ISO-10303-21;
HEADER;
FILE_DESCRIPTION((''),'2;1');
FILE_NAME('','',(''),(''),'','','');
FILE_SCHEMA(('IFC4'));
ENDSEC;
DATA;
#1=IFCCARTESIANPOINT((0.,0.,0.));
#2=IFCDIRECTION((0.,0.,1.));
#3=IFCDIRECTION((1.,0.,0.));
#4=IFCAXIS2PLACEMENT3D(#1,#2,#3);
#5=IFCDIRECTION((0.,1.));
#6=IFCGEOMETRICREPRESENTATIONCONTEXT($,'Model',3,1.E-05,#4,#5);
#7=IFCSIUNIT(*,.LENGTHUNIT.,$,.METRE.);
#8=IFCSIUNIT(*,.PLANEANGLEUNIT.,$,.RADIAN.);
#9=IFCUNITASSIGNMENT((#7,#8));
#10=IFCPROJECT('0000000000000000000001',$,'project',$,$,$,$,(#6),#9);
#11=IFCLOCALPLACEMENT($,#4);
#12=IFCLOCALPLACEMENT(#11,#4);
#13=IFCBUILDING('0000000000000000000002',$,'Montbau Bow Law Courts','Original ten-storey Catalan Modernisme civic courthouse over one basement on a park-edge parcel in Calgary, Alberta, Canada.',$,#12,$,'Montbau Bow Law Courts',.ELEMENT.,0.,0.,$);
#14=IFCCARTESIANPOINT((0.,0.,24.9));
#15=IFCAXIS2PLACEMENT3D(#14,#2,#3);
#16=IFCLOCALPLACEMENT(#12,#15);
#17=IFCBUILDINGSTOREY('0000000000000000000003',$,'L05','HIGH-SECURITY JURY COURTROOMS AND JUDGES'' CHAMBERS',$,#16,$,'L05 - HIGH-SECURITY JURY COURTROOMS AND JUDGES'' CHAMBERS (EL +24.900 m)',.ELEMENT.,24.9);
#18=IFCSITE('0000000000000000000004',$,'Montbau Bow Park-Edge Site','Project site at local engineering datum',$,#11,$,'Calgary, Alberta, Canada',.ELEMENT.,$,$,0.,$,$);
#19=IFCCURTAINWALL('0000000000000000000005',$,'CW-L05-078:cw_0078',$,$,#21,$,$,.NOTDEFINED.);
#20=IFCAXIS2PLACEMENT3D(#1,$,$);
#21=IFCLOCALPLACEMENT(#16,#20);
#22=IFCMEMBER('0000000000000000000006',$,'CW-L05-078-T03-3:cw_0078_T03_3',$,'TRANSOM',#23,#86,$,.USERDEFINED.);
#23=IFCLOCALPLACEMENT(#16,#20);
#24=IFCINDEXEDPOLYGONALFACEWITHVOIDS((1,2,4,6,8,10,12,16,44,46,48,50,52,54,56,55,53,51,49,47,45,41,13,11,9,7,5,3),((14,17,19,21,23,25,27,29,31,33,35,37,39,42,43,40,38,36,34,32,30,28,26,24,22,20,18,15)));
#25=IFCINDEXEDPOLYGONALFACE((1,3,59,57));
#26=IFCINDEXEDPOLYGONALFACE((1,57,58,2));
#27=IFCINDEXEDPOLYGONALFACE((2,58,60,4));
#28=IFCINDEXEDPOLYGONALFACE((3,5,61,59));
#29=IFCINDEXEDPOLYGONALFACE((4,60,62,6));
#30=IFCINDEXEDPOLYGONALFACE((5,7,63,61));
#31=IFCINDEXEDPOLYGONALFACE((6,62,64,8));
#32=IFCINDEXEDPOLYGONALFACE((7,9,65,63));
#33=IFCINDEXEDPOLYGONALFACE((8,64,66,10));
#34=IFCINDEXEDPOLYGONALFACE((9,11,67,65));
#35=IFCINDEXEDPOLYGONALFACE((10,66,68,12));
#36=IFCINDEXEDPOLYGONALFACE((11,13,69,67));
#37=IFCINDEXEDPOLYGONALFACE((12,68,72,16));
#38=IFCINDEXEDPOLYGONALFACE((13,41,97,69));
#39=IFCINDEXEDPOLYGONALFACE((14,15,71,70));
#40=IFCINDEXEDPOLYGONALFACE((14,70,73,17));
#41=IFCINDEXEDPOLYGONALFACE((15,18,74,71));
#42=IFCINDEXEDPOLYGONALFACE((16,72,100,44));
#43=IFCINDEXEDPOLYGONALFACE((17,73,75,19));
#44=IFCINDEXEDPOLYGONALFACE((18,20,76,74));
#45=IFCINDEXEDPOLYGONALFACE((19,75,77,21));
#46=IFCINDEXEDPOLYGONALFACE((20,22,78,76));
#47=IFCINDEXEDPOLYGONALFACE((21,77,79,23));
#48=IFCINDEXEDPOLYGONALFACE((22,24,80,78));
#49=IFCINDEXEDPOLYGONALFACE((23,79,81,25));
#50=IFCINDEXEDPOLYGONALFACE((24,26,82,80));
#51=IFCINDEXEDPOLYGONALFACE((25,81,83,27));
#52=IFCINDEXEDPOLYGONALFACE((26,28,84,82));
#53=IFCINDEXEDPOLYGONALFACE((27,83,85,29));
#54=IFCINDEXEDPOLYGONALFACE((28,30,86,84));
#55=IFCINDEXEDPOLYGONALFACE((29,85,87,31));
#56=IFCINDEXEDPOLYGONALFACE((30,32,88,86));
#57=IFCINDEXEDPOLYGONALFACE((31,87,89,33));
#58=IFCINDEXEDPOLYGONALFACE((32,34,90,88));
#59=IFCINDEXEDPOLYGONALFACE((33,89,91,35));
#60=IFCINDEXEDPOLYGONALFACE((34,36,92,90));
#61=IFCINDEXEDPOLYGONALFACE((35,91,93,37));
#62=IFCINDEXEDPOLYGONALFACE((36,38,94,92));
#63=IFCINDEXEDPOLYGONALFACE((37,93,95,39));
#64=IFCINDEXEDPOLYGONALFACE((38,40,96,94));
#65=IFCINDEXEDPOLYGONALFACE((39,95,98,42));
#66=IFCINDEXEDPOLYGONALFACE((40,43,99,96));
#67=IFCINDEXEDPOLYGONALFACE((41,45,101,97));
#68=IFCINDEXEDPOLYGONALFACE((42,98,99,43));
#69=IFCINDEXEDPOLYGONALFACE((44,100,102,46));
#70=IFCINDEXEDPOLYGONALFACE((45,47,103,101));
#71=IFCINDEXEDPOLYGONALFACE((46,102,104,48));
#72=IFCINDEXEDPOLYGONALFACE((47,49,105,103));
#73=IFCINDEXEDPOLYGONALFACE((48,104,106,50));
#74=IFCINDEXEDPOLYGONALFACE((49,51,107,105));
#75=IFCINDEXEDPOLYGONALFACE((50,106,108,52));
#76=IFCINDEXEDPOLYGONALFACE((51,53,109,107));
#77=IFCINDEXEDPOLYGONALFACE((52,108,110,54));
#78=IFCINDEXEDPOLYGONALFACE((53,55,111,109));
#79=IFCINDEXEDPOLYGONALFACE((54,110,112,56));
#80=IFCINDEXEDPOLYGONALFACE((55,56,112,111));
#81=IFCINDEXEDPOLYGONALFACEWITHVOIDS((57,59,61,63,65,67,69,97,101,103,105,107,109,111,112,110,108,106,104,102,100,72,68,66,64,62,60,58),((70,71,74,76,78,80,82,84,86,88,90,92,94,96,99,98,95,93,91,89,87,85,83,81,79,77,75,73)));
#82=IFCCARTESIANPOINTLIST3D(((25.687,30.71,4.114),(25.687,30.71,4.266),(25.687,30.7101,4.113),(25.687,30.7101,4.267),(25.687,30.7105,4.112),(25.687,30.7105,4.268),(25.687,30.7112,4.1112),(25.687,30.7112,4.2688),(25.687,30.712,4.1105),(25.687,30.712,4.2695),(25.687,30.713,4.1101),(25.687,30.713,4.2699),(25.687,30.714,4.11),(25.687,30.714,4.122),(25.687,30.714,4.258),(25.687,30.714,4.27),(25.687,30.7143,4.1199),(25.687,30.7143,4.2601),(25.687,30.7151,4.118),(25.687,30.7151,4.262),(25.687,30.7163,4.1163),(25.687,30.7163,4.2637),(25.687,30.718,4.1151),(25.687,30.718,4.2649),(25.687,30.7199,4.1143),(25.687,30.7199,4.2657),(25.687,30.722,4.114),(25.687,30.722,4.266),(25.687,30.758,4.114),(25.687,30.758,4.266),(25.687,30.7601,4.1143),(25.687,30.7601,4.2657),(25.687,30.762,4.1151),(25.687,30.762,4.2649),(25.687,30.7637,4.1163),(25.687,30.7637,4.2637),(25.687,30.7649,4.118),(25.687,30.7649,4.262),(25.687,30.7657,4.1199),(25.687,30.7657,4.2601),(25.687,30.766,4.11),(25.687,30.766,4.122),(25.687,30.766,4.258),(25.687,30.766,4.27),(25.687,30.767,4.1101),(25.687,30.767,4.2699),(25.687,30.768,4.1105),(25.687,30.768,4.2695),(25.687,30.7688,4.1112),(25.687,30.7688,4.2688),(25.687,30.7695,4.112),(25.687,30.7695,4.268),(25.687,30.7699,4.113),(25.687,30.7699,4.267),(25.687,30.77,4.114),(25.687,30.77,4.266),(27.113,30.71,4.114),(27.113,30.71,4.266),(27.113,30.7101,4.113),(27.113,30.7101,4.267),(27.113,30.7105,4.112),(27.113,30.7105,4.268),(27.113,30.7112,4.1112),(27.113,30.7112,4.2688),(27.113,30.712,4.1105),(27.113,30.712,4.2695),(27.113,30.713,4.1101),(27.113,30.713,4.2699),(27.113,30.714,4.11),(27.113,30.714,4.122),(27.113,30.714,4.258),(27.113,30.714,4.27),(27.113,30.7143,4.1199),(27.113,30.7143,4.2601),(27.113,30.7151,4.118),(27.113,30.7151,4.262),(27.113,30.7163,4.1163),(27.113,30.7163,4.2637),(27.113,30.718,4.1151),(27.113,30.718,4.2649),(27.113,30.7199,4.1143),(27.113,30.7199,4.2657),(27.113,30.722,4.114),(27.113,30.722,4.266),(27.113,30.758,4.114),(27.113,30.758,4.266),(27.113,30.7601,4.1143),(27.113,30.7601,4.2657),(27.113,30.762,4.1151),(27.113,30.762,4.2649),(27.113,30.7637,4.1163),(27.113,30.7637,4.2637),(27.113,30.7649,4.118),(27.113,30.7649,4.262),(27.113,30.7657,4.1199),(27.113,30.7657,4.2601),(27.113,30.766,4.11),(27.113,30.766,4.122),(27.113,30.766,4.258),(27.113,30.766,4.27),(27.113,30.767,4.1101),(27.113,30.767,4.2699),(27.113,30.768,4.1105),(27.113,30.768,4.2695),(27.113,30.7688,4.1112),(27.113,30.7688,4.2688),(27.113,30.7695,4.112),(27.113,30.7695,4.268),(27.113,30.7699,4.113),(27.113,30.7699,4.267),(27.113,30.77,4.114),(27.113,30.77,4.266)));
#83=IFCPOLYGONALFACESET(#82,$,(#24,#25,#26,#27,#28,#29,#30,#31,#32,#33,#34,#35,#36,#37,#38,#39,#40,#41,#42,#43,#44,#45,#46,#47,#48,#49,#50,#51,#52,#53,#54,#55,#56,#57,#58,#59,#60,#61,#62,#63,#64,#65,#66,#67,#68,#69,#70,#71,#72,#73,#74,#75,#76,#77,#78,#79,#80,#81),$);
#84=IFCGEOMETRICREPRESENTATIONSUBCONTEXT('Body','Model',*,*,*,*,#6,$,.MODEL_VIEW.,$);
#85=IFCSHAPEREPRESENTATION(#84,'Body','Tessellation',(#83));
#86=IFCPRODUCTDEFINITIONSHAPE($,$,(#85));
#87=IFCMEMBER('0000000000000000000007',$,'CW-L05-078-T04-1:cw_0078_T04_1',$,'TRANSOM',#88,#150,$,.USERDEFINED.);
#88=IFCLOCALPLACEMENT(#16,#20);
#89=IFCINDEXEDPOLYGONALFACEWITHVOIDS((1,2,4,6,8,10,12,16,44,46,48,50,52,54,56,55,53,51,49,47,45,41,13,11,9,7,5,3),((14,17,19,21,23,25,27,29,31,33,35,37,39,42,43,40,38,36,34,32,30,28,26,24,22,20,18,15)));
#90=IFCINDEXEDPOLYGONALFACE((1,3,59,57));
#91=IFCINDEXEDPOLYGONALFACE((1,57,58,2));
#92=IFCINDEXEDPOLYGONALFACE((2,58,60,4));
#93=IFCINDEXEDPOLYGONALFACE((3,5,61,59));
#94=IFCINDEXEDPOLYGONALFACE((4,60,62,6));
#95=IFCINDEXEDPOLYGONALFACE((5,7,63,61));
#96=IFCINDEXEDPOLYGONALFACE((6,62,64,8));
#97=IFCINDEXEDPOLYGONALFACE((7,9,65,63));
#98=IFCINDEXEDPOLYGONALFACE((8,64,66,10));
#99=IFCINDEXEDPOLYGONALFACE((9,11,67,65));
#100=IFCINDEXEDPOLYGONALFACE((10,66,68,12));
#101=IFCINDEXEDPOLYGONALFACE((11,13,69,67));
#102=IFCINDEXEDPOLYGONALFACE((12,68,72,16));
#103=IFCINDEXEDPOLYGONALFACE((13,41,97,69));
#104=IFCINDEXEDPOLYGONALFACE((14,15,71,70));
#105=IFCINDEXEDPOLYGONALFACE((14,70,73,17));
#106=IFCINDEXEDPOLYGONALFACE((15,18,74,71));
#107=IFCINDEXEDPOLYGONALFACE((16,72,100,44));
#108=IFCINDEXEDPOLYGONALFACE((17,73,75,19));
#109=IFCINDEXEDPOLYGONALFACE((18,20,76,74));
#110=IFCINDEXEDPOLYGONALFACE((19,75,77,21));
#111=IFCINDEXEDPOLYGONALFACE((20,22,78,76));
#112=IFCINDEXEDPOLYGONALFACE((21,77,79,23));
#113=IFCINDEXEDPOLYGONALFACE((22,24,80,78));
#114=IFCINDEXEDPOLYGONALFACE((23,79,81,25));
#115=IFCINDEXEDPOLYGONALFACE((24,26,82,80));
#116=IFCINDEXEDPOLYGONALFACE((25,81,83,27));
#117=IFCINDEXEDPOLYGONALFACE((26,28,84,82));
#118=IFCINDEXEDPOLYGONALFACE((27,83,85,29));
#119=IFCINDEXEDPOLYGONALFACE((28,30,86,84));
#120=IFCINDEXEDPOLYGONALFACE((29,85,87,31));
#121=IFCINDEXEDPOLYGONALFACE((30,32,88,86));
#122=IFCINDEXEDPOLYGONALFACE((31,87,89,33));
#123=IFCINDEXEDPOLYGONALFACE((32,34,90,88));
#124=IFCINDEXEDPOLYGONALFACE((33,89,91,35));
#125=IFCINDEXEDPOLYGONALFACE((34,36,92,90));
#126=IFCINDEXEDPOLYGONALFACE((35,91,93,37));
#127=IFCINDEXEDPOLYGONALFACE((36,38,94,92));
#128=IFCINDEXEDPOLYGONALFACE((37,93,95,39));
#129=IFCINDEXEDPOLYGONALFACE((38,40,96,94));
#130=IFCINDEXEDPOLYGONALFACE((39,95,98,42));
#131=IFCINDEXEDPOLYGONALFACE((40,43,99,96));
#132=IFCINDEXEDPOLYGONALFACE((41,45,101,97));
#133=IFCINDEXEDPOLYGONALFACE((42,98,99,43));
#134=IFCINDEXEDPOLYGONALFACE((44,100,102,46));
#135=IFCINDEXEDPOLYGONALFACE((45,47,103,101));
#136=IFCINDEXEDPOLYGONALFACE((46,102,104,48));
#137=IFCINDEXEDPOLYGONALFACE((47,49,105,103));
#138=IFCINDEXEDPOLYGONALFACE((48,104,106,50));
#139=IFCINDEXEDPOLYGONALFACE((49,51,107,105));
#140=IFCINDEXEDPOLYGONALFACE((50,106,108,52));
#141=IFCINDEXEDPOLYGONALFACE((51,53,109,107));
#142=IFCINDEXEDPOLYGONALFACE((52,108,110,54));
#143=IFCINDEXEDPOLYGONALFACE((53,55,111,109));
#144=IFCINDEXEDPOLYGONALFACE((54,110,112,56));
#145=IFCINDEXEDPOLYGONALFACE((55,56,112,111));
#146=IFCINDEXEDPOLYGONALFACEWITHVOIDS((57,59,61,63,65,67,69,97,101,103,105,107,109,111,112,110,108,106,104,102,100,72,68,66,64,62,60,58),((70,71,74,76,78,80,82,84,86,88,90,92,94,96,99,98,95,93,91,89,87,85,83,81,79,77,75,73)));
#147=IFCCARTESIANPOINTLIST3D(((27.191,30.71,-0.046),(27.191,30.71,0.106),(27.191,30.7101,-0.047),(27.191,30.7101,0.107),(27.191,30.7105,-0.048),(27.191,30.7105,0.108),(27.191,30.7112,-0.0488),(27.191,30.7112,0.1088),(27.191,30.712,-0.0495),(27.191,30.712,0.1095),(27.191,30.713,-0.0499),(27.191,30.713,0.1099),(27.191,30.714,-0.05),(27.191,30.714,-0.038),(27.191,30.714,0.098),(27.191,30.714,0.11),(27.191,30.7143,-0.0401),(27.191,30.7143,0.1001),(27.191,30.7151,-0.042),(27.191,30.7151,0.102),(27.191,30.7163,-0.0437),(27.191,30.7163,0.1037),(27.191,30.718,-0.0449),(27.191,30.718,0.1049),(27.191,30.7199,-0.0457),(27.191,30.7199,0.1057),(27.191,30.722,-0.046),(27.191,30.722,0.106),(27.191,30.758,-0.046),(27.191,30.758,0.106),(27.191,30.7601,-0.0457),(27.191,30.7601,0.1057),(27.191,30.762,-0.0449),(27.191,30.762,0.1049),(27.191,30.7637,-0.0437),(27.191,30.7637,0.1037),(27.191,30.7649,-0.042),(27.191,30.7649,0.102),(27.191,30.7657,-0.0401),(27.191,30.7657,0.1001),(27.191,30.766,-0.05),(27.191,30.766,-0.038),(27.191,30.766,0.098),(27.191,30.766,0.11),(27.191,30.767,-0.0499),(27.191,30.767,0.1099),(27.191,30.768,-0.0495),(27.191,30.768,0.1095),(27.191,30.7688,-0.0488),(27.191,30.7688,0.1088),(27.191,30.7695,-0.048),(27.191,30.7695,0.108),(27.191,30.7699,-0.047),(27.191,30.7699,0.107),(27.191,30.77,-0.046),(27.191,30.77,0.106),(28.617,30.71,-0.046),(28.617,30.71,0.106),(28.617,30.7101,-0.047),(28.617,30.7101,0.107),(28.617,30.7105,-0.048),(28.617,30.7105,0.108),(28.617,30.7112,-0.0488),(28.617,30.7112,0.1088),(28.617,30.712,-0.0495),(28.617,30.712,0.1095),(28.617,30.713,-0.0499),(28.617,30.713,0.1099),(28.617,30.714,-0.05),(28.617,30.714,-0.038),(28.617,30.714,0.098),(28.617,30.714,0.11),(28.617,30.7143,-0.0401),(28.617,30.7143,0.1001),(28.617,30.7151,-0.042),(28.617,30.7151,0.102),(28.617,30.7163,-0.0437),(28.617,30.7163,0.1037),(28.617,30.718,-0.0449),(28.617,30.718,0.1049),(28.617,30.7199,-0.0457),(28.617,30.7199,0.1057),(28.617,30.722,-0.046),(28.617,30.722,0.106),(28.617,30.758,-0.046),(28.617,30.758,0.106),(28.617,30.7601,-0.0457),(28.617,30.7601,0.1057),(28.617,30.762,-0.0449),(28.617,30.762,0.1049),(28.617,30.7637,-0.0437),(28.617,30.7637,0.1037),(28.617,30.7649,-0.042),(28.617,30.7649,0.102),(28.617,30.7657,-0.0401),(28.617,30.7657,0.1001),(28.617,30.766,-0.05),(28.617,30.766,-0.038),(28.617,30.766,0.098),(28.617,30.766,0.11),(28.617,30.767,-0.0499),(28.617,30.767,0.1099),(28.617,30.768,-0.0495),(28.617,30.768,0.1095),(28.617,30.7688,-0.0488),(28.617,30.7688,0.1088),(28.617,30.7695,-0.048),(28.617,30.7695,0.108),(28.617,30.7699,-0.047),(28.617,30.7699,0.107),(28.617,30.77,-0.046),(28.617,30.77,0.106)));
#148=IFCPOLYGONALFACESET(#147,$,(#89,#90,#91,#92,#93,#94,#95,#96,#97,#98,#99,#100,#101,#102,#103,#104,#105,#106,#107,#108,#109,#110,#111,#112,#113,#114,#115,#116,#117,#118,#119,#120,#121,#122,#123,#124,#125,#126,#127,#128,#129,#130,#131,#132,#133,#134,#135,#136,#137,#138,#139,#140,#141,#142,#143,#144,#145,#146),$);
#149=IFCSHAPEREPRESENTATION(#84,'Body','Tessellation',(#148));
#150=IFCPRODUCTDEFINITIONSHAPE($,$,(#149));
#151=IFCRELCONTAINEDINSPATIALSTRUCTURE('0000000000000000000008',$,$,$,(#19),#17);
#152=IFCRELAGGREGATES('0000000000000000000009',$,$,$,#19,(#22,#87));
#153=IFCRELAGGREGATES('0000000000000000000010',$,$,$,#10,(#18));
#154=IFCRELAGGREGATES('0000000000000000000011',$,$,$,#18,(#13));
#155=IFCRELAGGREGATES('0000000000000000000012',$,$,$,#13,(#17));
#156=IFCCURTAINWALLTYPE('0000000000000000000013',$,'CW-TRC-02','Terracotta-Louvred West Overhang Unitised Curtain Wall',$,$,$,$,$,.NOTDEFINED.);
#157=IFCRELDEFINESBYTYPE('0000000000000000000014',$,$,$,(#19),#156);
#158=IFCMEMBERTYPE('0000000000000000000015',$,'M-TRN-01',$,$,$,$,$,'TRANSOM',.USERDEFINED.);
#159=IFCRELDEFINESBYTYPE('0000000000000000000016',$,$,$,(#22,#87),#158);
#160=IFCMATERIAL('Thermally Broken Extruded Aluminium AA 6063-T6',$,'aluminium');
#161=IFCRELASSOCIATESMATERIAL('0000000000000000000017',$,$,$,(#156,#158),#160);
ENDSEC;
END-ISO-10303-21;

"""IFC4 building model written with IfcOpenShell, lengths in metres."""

from ifc_helpers import new_model, si_unit, direction, frame, origin_with_axes, origin_2d_with_axis, place, context, subcontext, project, spatial, hollow_rectangle, extrude, material, material_profile, profile_set, type_object, element, aggregate, save


model = new_model("IFC4")

# Units and contexts
model_context = context("Model", 3, precision=1e-05, world=origin_with_axes(), true_north=direction((0.0, 1.0)))
body_context = subcontext(model_context, "Body", "Model", "MODEL_VIEW")
ifc_project = project(units=[si_unit("LENGTHUNIT", "METRE"), si_unit("PLANEANGLEUNIT", "RADIAN")], contexts=[model_context])

# Site, building, storey
site_placement = place(None, origin_with_axes())
site = spatial("IfcSite", under=ifc_project, at=site_placement, Name="Montbau Bow Park-Edge Site", Description="Project site at local engineering datum", LongName="Calgary, Alberta, Canada", CompositionType="ELEMENT", RefElevation=0.0)
building_placement = place(site_placement, origin_with_axes())
building = spatial("IfcBuilding", under=site, at=building_placement, Name="Montbau Bow Law Courts", Description="Original ten-storey Catalan Modernisme civic courthouse over one basement on a park-edge parcel in Calgary, Alberta, Canada.", LongName="Montbau Bow Law Courts", CompositionType="ELEMENT", ElevationOfRefHeight=0.0, ElevationOfTerrain=0.0)
storey_placement = place(building_placement, frame((0.0, 0.0, 24.9), z_axis=(0.0, 0.0, 1.0), x_axis=(1.0, 0.0, 0.0)))
storey = spatial("IfcBuildingStorey", under=building, at=storey_placement, Name="L05", Description="HIGH-SECURITY JURY COURTROOMS AND JUDGES' CHAMBERS", LongName="L05 - HIGH-SECURITY JURY COURTROOMS AND JUDGES' CHAMBERS (EL +24.900 m)", CompositionType="ELEMENT", Elevation=24.9)

# Curtain wall, members
ifc_material_1 = material(Name="Thermally Broken Extruded Aluminium AA 6063-T6", Category="aluminium")
curtain_wall_type = type_object("IfcCurtainWallType", Name="CW-TRC-02", Description="Terracotta-Louvred West Overhang Unitised Curtain Wall", PredefinedType="NOTDEFINED", material=ifc_material_1)
curtain_wall_placement = place(None, frame((22.64, 30.74, 24.9), z_axis=(0.0, 0.0, 1.0), x_axis=(1.0, 0.0, 0.0)))
curtain_wall = element("IfcCurtainWall", 1, at=curtain_wall_placement, inside=storey, type_object=curtain_wall_type, Name="CW-L05-078:cw_0078", PredefinedType="NOTDEFINED")
ifc_material_profile_1 = material_profile(ifc_material_1, hollow_rectangle(XDim=0.06, YDim=0.16, WallThickness=0.004, InnerFilletRadius=0.008, OuterFilletRadius=0.004, at=origin_2d_with_axis()), Name="CWT-160X60", Category="Main", Priority=0)
ifc_profile_set_1 = profile_set([ifc_material_profile_1], Name="Thermally Broken Extruded Aluminium AA 6063-T6")
member_type_1 = type_object("IfcMemberType", Name="M-TRN-01", ElementType="TRANSOM", PredefinedType="USERDEFINED", material=ifc_profile_set_1)
member_1_placement = place(None, frame((25.687, 30.74, 29.09), z_axis=(1.0, 0.0, 0.0), x_axis=(0.0, 1.0, 0.0)))
member_1 = element("IfcMember", 2, at=member_1_placement, type_object=member_type_1, Name="CW-L05-078-T03-3:cw_0078_T03_3", ObjectType="TRANSOM", PredefinedType="USERDEFINED", context=body_context, shape_type="SweptSolid", body=[
    extrude(hollow_rectangle(XDim=0.06, YDim=0.16, WallThickness=0.004, InnerFilletRadius=0.008, OuterFilletRadius=0.004, at=origin_2d_with_axis()), origin_with_axes(), (0.0, 0.0, 1.0), 1.426),
])
member_2_placement = place(None, frame((27.191, 30.74, 24.93), z_axis=(1.0, 0.0, 0.0), x_axis=(0.0, 1.0, 0.0)))
member_2 = element("IfcMember", 3, at=member_2_placement, type_object=member_type_1, Name="CW-L05-078-T04-1:cw_0078_T04_1", ObjectType="TRANSOM", PredefinedType="USERDEFINED", context=body_context, shape_type="SweptSolid", body=[
    extrude(hollow_rectangle(XDim=0.06, YDim=0.16, WallThickness=0.004, InnerFilletRadius=0.008, OuterFilletRadius=0.004, at=origin_2d_with_axis()), origin_with_axes(), (0.0, 0.0, 1.0), 1.426),
])
aggregate(curtain_wall, [member_1, member_2])

save(model, "model.ifc")
